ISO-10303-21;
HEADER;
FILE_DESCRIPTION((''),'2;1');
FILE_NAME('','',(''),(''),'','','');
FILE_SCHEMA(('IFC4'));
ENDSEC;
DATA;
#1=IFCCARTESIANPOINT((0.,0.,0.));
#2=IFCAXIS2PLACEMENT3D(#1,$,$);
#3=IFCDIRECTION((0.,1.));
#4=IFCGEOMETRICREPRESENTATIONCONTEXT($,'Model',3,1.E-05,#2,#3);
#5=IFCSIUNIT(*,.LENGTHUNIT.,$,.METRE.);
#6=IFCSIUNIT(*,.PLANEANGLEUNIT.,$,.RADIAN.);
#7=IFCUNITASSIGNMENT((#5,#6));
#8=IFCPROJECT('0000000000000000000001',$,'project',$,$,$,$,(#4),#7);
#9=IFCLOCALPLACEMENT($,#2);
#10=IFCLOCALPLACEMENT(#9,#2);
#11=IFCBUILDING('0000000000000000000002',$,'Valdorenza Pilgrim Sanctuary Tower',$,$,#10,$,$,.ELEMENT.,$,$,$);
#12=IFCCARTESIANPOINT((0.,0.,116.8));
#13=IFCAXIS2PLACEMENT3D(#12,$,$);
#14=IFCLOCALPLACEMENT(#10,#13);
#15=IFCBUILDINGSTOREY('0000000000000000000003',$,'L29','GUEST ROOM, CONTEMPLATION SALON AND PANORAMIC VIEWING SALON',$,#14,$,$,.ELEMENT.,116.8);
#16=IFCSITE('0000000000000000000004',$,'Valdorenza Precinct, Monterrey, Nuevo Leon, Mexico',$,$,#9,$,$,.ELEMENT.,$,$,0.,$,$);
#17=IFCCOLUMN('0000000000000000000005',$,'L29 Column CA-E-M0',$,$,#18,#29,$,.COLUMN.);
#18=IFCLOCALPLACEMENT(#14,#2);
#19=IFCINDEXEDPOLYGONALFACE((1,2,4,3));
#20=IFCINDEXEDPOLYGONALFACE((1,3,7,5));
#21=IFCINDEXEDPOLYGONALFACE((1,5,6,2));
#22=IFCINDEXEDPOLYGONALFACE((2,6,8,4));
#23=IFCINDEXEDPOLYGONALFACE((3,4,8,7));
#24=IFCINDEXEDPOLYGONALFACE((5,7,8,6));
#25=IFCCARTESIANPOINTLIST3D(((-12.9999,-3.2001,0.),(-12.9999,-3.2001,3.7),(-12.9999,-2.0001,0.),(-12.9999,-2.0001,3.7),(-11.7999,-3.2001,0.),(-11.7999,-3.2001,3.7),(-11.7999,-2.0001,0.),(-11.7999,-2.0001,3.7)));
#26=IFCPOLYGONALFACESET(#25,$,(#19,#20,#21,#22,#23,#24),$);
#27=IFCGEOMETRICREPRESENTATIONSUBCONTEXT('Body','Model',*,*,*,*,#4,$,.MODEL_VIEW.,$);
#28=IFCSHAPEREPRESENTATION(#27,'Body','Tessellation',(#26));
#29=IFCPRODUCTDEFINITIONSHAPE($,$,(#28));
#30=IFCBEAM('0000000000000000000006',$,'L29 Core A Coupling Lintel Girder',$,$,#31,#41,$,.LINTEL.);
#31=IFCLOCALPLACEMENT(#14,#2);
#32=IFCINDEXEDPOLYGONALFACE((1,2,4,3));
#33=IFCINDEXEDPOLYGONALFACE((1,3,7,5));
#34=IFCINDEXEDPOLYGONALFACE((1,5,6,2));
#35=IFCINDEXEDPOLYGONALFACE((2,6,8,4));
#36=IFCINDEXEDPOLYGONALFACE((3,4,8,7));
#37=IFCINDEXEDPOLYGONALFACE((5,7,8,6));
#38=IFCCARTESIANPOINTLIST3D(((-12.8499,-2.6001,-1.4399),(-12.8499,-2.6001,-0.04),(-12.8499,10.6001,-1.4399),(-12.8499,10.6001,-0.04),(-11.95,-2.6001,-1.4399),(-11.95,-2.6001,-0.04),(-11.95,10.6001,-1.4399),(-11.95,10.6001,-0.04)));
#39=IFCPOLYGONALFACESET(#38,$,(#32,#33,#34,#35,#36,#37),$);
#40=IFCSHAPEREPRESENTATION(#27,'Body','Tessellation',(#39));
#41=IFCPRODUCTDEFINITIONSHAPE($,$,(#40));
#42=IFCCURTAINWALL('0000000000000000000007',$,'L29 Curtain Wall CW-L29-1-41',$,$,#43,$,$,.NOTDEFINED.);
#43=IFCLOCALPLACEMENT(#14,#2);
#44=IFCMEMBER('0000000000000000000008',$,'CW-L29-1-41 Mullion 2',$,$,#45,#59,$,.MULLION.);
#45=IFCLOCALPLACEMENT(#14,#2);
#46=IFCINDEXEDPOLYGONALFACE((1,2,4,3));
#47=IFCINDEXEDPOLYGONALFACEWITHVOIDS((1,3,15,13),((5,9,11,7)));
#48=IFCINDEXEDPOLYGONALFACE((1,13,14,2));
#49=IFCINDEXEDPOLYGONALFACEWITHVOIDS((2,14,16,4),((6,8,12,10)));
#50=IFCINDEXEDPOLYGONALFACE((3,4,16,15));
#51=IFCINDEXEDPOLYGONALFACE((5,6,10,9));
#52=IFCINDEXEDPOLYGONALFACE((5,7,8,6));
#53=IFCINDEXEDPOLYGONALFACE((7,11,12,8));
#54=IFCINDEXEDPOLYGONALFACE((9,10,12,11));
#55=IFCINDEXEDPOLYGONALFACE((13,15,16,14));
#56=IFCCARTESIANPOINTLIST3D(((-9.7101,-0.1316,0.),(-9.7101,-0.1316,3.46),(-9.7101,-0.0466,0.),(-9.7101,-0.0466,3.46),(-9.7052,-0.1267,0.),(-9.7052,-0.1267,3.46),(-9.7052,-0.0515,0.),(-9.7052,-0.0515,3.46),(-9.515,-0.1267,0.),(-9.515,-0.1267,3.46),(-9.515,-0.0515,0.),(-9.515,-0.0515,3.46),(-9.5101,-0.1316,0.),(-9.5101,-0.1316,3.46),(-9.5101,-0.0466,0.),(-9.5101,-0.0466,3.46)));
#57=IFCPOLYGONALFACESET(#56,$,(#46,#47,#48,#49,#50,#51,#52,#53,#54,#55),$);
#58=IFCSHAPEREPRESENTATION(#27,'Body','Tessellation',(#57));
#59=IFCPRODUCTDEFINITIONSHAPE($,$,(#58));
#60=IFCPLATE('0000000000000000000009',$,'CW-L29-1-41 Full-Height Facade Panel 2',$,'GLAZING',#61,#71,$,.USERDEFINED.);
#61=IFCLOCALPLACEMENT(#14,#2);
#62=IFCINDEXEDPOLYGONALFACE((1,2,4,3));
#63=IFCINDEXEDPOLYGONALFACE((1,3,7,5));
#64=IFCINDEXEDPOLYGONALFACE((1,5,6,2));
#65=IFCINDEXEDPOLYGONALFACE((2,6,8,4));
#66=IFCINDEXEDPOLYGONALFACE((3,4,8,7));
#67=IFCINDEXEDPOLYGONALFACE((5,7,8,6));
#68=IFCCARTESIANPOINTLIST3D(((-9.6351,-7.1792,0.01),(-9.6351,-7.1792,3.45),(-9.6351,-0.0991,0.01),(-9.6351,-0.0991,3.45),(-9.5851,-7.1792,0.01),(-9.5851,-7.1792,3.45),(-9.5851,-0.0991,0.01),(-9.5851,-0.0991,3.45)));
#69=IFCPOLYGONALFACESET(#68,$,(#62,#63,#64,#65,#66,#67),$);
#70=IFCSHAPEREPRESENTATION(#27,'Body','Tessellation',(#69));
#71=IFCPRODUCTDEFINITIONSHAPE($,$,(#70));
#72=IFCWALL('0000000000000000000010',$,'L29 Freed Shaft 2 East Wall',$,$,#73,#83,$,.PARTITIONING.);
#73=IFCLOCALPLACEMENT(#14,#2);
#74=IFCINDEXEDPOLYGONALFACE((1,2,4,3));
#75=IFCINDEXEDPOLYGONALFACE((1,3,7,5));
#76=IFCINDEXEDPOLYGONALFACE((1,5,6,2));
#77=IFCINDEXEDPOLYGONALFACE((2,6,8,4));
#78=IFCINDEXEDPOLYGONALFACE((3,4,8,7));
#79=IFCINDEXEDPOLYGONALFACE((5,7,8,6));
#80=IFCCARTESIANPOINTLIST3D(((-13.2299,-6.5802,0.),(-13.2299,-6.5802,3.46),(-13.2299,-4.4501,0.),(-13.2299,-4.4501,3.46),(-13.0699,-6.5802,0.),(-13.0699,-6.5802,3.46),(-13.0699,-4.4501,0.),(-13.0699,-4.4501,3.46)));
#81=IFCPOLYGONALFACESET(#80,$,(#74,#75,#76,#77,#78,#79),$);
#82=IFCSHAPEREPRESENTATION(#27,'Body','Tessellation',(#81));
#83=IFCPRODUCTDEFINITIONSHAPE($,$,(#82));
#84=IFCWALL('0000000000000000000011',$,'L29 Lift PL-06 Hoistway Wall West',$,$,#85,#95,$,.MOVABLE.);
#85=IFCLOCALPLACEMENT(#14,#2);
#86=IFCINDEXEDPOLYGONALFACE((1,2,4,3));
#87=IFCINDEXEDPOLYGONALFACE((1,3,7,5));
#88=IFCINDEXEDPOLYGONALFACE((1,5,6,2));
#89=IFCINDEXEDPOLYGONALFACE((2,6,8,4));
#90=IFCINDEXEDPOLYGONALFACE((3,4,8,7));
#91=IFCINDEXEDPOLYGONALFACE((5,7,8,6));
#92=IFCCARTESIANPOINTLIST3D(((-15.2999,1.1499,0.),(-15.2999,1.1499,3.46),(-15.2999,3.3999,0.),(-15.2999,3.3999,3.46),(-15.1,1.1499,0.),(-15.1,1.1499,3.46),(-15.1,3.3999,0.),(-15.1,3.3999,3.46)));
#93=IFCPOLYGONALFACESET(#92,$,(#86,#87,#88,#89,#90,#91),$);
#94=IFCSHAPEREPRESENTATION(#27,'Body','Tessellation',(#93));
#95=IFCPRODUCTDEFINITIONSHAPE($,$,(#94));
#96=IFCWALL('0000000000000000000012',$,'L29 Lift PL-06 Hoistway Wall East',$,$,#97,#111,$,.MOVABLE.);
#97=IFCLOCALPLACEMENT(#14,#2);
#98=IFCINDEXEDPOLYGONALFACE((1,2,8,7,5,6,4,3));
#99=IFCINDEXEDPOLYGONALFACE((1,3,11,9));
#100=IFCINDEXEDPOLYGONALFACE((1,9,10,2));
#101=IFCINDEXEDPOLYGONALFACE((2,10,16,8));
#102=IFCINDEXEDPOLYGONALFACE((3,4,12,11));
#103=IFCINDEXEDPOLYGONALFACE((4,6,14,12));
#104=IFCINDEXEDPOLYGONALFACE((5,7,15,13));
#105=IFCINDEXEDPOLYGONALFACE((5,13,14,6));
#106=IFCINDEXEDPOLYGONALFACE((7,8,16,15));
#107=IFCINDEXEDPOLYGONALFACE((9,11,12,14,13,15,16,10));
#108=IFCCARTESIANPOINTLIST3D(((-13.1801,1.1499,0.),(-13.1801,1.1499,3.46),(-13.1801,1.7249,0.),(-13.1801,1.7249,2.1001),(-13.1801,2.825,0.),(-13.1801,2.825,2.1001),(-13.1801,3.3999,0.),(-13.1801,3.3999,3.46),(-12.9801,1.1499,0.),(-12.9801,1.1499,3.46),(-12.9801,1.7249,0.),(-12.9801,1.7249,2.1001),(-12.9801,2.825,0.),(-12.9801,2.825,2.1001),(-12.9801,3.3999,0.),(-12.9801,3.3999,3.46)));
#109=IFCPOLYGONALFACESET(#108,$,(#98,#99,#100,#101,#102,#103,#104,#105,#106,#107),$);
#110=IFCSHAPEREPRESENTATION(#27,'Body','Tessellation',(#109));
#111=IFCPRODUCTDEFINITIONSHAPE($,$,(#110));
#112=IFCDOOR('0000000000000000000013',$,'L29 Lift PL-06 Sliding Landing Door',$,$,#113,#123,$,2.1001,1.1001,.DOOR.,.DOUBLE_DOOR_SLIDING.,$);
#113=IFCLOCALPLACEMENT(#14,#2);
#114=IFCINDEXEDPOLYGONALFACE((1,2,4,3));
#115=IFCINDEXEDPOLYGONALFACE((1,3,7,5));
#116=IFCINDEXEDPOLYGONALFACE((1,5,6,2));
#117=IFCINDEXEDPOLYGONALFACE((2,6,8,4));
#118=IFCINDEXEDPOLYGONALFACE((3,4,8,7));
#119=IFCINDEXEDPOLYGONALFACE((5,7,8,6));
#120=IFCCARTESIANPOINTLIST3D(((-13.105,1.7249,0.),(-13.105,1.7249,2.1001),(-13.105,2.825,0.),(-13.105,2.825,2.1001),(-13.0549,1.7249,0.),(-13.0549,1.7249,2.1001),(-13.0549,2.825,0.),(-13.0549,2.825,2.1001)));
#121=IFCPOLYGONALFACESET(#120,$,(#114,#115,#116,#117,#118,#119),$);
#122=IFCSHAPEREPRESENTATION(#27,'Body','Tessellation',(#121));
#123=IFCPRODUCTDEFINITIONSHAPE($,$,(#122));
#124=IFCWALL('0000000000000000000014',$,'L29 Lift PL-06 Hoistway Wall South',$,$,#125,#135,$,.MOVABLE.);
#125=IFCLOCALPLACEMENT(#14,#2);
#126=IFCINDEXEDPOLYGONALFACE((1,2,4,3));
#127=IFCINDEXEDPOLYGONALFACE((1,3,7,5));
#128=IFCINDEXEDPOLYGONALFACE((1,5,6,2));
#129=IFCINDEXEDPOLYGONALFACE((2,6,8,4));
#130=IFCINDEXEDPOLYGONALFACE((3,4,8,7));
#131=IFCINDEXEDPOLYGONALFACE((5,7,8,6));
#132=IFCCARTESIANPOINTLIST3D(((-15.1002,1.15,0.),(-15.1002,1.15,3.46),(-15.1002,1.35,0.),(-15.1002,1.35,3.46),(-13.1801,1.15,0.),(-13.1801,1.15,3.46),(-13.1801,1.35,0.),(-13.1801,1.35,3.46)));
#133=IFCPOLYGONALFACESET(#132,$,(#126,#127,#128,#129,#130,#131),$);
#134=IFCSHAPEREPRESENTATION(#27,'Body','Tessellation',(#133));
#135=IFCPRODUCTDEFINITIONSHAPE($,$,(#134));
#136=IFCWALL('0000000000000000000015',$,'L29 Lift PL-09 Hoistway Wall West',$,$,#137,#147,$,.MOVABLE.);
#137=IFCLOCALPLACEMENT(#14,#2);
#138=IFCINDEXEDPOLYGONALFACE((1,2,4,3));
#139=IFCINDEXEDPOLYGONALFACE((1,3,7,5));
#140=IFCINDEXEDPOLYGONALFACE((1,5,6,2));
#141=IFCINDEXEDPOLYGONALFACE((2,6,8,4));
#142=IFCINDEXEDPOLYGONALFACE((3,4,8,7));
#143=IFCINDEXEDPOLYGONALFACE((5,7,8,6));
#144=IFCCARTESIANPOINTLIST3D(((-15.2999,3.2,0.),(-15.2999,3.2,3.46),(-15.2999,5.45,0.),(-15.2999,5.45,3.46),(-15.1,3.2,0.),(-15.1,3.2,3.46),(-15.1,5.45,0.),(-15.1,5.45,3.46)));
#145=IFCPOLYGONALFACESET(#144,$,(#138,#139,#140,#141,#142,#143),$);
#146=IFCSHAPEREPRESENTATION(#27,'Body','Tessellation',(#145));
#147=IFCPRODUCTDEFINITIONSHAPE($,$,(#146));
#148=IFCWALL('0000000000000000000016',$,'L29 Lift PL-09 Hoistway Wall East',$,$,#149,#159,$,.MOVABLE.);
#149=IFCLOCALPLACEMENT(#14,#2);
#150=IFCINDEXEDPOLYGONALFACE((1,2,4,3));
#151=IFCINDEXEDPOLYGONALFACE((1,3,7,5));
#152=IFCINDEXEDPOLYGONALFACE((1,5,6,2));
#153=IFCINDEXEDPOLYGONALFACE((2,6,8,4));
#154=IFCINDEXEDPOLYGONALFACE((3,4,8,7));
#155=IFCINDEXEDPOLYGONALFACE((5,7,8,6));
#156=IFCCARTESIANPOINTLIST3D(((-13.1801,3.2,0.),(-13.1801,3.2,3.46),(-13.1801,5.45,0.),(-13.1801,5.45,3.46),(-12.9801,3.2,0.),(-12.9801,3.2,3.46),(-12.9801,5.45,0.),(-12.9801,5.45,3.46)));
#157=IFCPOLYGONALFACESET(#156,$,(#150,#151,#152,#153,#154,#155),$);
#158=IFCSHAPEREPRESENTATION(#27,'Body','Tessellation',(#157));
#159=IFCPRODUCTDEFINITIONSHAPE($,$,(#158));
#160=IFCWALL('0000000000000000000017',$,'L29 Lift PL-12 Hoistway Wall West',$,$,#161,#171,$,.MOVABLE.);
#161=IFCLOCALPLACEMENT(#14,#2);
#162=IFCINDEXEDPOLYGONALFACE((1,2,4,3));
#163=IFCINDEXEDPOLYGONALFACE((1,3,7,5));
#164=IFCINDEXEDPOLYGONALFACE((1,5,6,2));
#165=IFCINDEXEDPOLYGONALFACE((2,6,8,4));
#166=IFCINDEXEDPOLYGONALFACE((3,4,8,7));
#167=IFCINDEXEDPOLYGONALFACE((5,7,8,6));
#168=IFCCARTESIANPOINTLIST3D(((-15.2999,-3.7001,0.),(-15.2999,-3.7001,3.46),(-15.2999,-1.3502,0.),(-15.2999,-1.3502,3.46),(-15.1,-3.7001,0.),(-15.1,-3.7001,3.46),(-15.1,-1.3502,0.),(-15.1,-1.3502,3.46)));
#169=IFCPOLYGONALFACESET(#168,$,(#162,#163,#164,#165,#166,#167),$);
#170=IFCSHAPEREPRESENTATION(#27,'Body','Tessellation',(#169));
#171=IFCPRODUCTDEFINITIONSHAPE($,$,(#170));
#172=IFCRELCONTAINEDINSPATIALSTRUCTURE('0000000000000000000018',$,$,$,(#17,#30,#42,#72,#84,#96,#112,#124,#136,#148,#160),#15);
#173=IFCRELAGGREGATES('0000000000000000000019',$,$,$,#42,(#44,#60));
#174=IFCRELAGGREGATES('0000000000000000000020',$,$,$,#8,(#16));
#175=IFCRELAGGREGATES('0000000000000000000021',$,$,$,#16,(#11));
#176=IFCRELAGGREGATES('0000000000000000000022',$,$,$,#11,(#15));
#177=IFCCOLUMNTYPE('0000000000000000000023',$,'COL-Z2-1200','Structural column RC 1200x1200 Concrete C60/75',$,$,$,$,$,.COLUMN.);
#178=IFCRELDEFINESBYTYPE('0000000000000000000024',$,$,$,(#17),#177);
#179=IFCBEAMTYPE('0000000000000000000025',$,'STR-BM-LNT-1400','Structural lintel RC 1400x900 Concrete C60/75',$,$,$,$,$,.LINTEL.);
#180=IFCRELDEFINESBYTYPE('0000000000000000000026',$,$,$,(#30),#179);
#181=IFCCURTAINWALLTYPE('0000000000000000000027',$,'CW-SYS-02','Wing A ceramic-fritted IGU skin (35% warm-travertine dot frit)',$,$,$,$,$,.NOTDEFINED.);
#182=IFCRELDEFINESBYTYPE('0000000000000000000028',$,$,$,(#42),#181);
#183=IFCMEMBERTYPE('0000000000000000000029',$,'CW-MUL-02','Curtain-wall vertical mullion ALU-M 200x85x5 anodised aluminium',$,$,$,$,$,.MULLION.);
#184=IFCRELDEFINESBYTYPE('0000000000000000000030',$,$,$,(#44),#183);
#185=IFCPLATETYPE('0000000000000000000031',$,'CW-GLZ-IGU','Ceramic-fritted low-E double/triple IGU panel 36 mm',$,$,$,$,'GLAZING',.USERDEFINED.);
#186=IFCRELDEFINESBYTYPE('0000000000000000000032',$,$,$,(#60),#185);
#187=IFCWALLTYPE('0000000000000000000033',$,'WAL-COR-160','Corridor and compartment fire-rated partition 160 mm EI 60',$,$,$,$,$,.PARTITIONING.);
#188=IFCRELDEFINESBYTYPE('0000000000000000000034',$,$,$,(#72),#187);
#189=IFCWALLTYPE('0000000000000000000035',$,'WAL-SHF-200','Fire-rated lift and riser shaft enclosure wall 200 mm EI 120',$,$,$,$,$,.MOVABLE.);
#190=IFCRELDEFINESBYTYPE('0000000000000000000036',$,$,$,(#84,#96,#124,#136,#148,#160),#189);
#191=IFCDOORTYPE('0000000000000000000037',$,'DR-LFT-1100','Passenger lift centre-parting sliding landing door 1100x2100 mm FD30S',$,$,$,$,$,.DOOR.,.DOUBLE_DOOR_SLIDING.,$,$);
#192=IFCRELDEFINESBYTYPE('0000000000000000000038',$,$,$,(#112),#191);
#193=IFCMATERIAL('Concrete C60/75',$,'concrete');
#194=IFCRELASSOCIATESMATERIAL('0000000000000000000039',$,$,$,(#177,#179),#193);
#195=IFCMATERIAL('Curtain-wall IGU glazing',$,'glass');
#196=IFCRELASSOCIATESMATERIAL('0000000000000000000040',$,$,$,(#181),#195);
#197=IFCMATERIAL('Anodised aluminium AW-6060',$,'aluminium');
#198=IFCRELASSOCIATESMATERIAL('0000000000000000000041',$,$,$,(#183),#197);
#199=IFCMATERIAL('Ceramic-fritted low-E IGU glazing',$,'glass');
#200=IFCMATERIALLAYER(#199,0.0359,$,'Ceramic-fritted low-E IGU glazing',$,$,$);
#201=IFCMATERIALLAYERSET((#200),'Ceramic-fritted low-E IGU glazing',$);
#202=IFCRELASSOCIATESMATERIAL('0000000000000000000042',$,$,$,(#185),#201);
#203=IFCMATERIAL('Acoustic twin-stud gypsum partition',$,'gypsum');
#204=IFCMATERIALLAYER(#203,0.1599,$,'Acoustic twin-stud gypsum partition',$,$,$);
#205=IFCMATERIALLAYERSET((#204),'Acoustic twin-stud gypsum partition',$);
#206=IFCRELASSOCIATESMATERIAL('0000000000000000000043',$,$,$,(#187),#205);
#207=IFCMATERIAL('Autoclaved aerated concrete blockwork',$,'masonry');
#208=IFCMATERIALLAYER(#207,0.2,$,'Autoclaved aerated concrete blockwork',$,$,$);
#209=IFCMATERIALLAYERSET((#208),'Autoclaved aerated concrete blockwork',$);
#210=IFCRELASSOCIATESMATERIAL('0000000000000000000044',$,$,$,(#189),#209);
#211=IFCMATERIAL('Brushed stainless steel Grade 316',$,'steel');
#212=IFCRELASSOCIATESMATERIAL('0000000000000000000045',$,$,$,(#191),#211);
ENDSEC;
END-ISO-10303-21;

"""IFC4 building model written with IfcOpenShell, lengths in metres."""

from ifc_helpers import new_model, si_unit, direction, frame, frame_2d, origin, origin_2d, place, context, subcontext, project, spatial, rectangle, hollow_rectangle, extrude, source, transform, mapped, material, layer, layer_set, material_profile, profile_set, type_object, element, fill, aggregate, save


model = new_model("IFC4")

# Units and contexts
model_context = context("Model", 3, precision=1e-05, world=origin(), true_north=direction((0.0, 1.0)))
body_context = subcontext(model_context, "Body", "Model", "MODEL_VIEW")
ifc_project = project(units=[si_unit("LENGTHUNIT", "METRE"), si_unit("PLANEANGLEUNIT", "RADIAN")], contexts=[model_context])

# Site, building, storey
site_placement = place(None, origin())
site = spatial("IfcSite", under=ifc_project, at=site_placement, Name="Valdorenza Precinct, Monterrey, Nuevo Leon, Mexico", CompositionType="ELEMENT", RefElevation=0.0)
building_placement = place(site_placement, origin())
building = spatial("IfcBuilding", under=site, at=building_placement, Name="Valdorenza Pilgrim Sanctuary Tower", CompositionType="ELEMENT")
storey_placement = place(building_placement, frame((0.0, 0.0, 116.8)))
storey = spatial("IfcBuildingStorey", under=building, at=storey_placement, Name="L29", Description="GUEST ROOM, CONTEMPLATION SALON AND PANORAMIC VIEWING SALON", CompositionType="ELEMENT", Elevation=116.8)

# Column
ifc_material_1 = material(Name="Concrete C60/75", Category="concrete")
ifc_material_profile_1 = material_profile(ifc_material_1, rectangle(XDim=1.2, YDim=1.2, at=origin_2d()), Name="RC 1200x1200")
ifc_profile_set_1 = profile_set([ifc_material_profile_1], Name="Concrete C60/75")
column_type = type_object("IfcColumnType", Name="COL-Z2-1200", Description="Structural column RC 1200x1200 Concrete C60/75", PredefinedType="COLUMN", material=ifc_profile_set_1)
shared_shape_1 = source(origin(), body_context, "Body", "SweptSolid", [
    extrude(rectangle(XDim=1.2, YDim=1.2, at=origin_2d()), origin(), (0.0, 0.0, 1.0), 3.7),
])
column_placement = place(storey_placement, frame((-12.3999, -2.6001, 0.0), z_axis=(0.0, 0.0, 1.0), x_axis=(1.0, 0.0, 0.0)))
element("IfcColumn", 1, at=column_placement, inside=storey, type_object=column_type, Name="L29 Column CA-E-M0", PredefinedType="COLUMN", context=body_context, shape_type="MappedRepresentation", body=[
    mapped(shared_shape_1, transform((0.0, 0.0, 0.0), x_axis=(1.0, 0.0, 0.0), y_axis=(0.0, 1.0, 0.0), z_axis=(0.0, 0.0, 1.0), scale=1.0)),
])

# Beam
ifc_material_profile_2 = material_profile(ifc_material_1, rectangle(XDim=0.8999, YDim=1.3999, at=origin_2d()), Name="RC 1400x900")
ifc_profile_set_2 = profile_set([ifc_material_profile_2], Name="Concrete C60/75")
beam_type = type_object("IfcBeamType", Name="STR-BM-LNT-1400", Description="Structural lintel RC 1400x900 Concrete C60/75", PredefinedType="LINTEL", material=ifc_profile_set_2)
shared_shape_2 = source(origin(), body_context, "Body", "SweptSolid", [
    extrude(rectangle(XDim=0.8999, YDim=1.3999, at=origin_2d()), origin(), (0.0, 0.0, 1.0), 13.2002),
])
beam_placement = place(storey_placement, frame((-12.3999, -2.6001, -0.74), z_axis=(0.0, 1.0, 0.0), x_axis=(-1.0, 0.0, 0.0)))
element("IfcBeam", 2, at=beam_placement, inside=storey, type_object=beam_type, Name="L29 Core A Coupling Lintel Girder", PredefinedType="LINTEL", context=body_context, shape_type="MappedRepresentation", body=[
    mapped(shared_shape_2, transform((0.0, 0.0, 0.0), x_axis=(1.0, 0.0, 0.0), y_axis=(0.0, 1.0, 0.0), z_axis=(0.0, 0.0, 1.0), scale=1.0)),
])

# Curtain wall, member, plate
ifc_material_2 = material(Name="Curtain-wall IGU glazing", Category="glass")
curtain_wall_type = type_object("IfcCurtainWallType", Name="CW-SYS-02", Description="Wing A ceramic-fritted IGU skin (35% warm-travertine dot frit)", PredefinedType="NOTDEFINED", material=ifc_material_2)
curtain_wall_placement = place(storey_placement, origin())
curtain_wall = element("IfcCurtainWall", 3, at=curtain_wall_placement, inside=storey, type_object=curtain_wall_type, Name="L29 Curtain Wall CW-L29-1-41", PredefinedType="NOTDEFINED")
ifc_material_3 = material(Name="Anodised aluminium AW-6060", Category="aluminium")
ifc_material_profile_3 = material_profile(ifc_material_3, hollow_rectangle(XDim=0.085, YDim=0.2, WallThickness=0.0049, at=origin_2d()), Name="ALU-M 200x85x5")
ifc_profile_set_3 = profile_set([ifc_material_profile_3], Name="Anodised aluminium AW-6060")
member_type = type_object("IfcMemberType", Name="CW-MUL-02", Description="Curtain-wall vertical mullion ALU-M 200x85x5 anodised aluminium", PredefinedType="MULLION", material=ifc_profile_set_3)
shared_shape_3 = source(origin(), body_context, "Body", "SweptSolid", [
    extrude(hollow_rectangle(XDim=0.085, YDim=0.2, WallThickness=0.0049, at=origin_2d()), origin(), (0.0, 0.0, 1.0), 3.46),
])
member_placement = place(storey_placement, frame((-9.6101, -0.0891, 0.0), z_axis=(0.0, 0.0, 1.0), x_axis=(0.0, -1.0, 0.0)))
member = element("IfcMember", 4, at=member_placement, type_object=member_type, Name="CW-L29-1-41 Mullion 2", PredefinedType="MULLION", context=body_context, shape_type="MappedRepresentation", body=[
    mapped(shared_shape_3, transform((0.0, 0.0, 0.0), x_axis=(1.0, 0.0, 0.0), y_axis=(0.0, 1.0, 0.0), z_axis=(0.0, 0.0, 1.0), scale=1.0)),
])
ifc_material_4 = material(Name="Ceramic-fritted low-E IGU glazing", Category="glass")
ifc_layer_1 = layer(ifc_material_4, 0.0359, Name="Ceramic-fritted low-E IGU glazing")
ifc_layer_set_1 = layer_set([ifc_layer_1], Name="Ceramic-fritted low-E IGU glazing")
plate_type = type_object("IfcPlateType", Name="CW-GLZ-IGU", Description="Ceramic-fritted low-E double/triple IGU panel 36 mm", ElementType="GLAZING", PredefinedType="USERDEFINED", material=ifc_layer_set_1)
shared_shape_4 = source(origin(), body_context, "Body", "SweptSolid", [
    extrude(rectangle(XDim=7.0801, YDim=0.05, at=origin_2d()), origin(), (0.0, 0.0, 1.0), 3.4399),
])
plate_placement = place(storey_placement, frame((-9.6101, -3.6392, 0.01), z_axis=(0.0, 0.0, 1.0), x_axis=(0.0, -1.0, 0.0)))
plate = element("IfcPlate", 5, at=plate_placement, type_object=plate_type, Name="CW-L29-1-41 Full-Height Facade Panel 2", ObjectType="GLAZING", PredefinedType="USERDEFINED", context=body_context, shape_type="MappedRepresentation", body=[
    mapped(shared_shape_4, transform((0.0, 0.0, 0.0), x_axis=(1.0, 0.0, 0.0), y_axis=(0.0, 1.0, 0.0), z_axis=(0.0, 0.0, 1.0), scale=1.0)),
])
aggregate(curtain_wall, [member, plate])

# Wall
ifc_material_5 = material(Name="Acoustic twin-stud gypsum partition", Category="gypsum")
ifc_layer_2 = layer(ifc_material_5, 0.1599, Name="Acoustic twin-stud gypsum partition")
ifc_layer_set_2 = layer_set([ifc_layer_2], Name="Acoustic twin-stud gypsum partition")
wall_type_1 = type_object("IfcWallType", Name="WAL-COR-160", Description="Corridor and compartment fire-rated partition 160 mm EI 60", PredefinedType="PARTITIONING", material=ifc_layer_set_2)
wall_1_placement = place(storey_placement, frame((-13.1499, -6.5801, 0.0), z_axis=(0.0, 0.0, 1.0), x_axis=(0.0, 1.0, 0.0)))
element("IfcWall", 6, at=wall_1_placement, inside=storey, type_object=wall_type_1, Name="L29 Freed Shaft 2 East Wall", PredefinedType="PARTITIONING", context=body_context, shape_type="SweptSolid", body=[
    extrude(rectangle(XDim=2.1301, YDim=0.1599, at=frame_2d((1.0649, 0.0))), origin(), (0.0, 0.0, 1.0), 3.46),
])

# Wall
ifc_material_6 = material(Name="Autoclaved aerated concrete blockwork", Category="masonry")
ifc_layer_3 = layer(ifc_material_6, 0.2, Name="Autoclaved aerated concrete blockwork")
ifc_layer_set_3 = layer_set([ifc_layer_3], Name="Autoclaved aerated concrete blockwork")
wall_type_2 = type_object("IfcWallType", Name="WAL-SHF-200", Description="Fire-rated lift and riser shaft enclosure wall 200 mm EI 120", PredefinedType="MOVABLE", material=ifc_layer_set_3)
wall_2_placement = place(storey_placement, frame((-15.2, 1.1499, 0.0), z_axis=(0.0, 0.0, 1.0), x_axis=(0.0, 1.0, 0.0)))
element("IfcWall", 7, at=wall_2_placement, inside=storey, type_object=wall_type_2, Name="L29 Lift PL-06 Hoistway Wall West", PredefinedType="MOVABLE", context=body_context, shape_type="SweptSolid", body=[
    extrude(rectangle(XDim=2.25, YDim=0.2, at=frame_2d((1.125, 0.0))), origin(), (0.0, 0.0, 1.0), 3.46),
])

# Wall, opening, door
wall_3_placement = place(storey_placement, frame((-13.0801, 1.1499, 0.0), z_axis=(0.0, 0.0, 1.0), x_axis=(0.0, 1.0, 0.0)))
wall_3 = element("IfcWall", 8, at=wall_3_placement, inside=storey, type_object=wall_type_2, Name="L29 Lift PL-06 Hoistway Wall East", PredefinedType="MOVABLE", context=body_context, shape_type="SweptSolid", body=[
    extrude(rectangle(XDim=2.25, YDim=0.2, at=frame_2d((1.125, 0.0))), origin(), (0.0, 0.0, 1.0), 3.46),
])
opening_1_placement = place(wall_3_placement, frame((0.575, 0.0, 0.0)))
opening_1 = element("IfcOpeningElement", 9, at=opening_1_placement, cuts=wall_3, PredefinedType="OPENING", context=body_context, shape_type="SweptSolid", body=[
    extrude(rectangle(XDim=1.1001, YDim=2.1001, at=frame_2d((0.55, 1.05))), frame((0.0, 0.1147, 0.0), z_axis=(0.0, -1.0, 0.0), x_axis=(1.0, 0.0, 0.0)), (0.0, 0.0, 1.0), 0.2297),
])
ifc_material_7 = material(Name="Brushed stainless steel Grade 316", Category="steel")
door_type_1 = type_object("IfcDoorType", Name="DR-LFT-1100", Description="Passenger lift centre-parting sliding landing door 1100x2100 mm FD30S", OperationType="DOUBLE_DOOR_SLIDING", PredefinedType="DOOR", material=ifc_material_7)
door_1_placement = place(opening_1_placement, origin())
door_1 = element("IfcDoor", 10, at=door_1_placement, inside=storey, type_object=door_type_1, Name="L29 Lift PL-06 Sliding Landing Door", OperationType="DOUBLE_DOOR_SLIDING", OverallHeight=2.1001, OverallWidth=1.1001, PredefinedType="DOOR", context=body_context, shape_type="SweptSolid", body=[
    extrude(rectangle(XDim=1.1001, YDim=2.1001, at=frame_2d((0.55, 1.05))), frame((0.0, 0.0249, 0.0), z_axis=(0.0, -1.0, 0.0), x_axis=(1.0, 0.0, 0.0)), (0.0, 0.0, 1.0), 0.05),
])
fill(opening_1, door_1)

# Walls
wall_4_placement = place(storey_placement, frame((-15.1001, 1.25, 0.0), z_axis=(0.0, 0.0, 1.0), x_axis=(1.0, 0.0, 0.0)))
element("IfcWall", 11, at=wall_4_placement, inside=storey, type_object=wall_type_2, Name="L29 Lift PL-06 Hoistway Wall South", PredefinedType="MOVABLE", context=body_context, shape_type="SweptSolid", body=[
    extrude(rectangle(XDim=1.9202, YDim=0.2, at=frame_2d((0.96, 0.0))), origin(), (0.0, 0.0, 1.0), 3.46),
])
for number, where, z_axis, x_axis, name in (
    (12, (-15.2, 3.2, 0.0), (0.0, 0.0, 1.0), (0.0, 1.0, 0.0), "L29 Lift PL-09 Hoistway Wall West"),
    (13, (-13.0801, 3.2, 0.0), (0.0, 0.0, 1.0), (0.0, 1.0, 0.0), "L29 Lift PL-09 Hoistway Wall East"),
):
    element("IfcWall", number, at=place(storey_placement, frame(where, z_axis=z_axis, x_axis=x_axis)), inside=storey, type_object=wall_type_2, Name=name, PredefinedType="MOVABLE", context=body_context, shape_type="SweptSolid", body=[
        extrude(rectangle(XDim=2.25, YDim=0.2, at=frame_2d((1.125, 0.0))), origin(), (0.0, 0.0, 1.0), 3.46),
    ])
for number, where, z_axis, x_axis, name in (
    (14, (-15.2, -3.7, 0.0), (0.0, 0.0, 1.0), (0.0, 1.0, 0.0), "L29 Lift PL-12 Hoistway Wall West"),
):
    element("IfcWall", number, at=place(storey_placement, frame(where, z_axis=z_axis, x_axis=x_axis)), inside=storey, type_object=wall_type_2, Name=name, PredefinedType="MOVABLE", context=body_context, shape_type="SweptSolid", body=[
        extrude(rectangle(XDim=2.3499, YDim=0.2, at=frame_2d((1.1748, 0.0))), origin(), (0.0, 0.0, 1.0), 3.46),
    ])

save(model, "model.ifc")
